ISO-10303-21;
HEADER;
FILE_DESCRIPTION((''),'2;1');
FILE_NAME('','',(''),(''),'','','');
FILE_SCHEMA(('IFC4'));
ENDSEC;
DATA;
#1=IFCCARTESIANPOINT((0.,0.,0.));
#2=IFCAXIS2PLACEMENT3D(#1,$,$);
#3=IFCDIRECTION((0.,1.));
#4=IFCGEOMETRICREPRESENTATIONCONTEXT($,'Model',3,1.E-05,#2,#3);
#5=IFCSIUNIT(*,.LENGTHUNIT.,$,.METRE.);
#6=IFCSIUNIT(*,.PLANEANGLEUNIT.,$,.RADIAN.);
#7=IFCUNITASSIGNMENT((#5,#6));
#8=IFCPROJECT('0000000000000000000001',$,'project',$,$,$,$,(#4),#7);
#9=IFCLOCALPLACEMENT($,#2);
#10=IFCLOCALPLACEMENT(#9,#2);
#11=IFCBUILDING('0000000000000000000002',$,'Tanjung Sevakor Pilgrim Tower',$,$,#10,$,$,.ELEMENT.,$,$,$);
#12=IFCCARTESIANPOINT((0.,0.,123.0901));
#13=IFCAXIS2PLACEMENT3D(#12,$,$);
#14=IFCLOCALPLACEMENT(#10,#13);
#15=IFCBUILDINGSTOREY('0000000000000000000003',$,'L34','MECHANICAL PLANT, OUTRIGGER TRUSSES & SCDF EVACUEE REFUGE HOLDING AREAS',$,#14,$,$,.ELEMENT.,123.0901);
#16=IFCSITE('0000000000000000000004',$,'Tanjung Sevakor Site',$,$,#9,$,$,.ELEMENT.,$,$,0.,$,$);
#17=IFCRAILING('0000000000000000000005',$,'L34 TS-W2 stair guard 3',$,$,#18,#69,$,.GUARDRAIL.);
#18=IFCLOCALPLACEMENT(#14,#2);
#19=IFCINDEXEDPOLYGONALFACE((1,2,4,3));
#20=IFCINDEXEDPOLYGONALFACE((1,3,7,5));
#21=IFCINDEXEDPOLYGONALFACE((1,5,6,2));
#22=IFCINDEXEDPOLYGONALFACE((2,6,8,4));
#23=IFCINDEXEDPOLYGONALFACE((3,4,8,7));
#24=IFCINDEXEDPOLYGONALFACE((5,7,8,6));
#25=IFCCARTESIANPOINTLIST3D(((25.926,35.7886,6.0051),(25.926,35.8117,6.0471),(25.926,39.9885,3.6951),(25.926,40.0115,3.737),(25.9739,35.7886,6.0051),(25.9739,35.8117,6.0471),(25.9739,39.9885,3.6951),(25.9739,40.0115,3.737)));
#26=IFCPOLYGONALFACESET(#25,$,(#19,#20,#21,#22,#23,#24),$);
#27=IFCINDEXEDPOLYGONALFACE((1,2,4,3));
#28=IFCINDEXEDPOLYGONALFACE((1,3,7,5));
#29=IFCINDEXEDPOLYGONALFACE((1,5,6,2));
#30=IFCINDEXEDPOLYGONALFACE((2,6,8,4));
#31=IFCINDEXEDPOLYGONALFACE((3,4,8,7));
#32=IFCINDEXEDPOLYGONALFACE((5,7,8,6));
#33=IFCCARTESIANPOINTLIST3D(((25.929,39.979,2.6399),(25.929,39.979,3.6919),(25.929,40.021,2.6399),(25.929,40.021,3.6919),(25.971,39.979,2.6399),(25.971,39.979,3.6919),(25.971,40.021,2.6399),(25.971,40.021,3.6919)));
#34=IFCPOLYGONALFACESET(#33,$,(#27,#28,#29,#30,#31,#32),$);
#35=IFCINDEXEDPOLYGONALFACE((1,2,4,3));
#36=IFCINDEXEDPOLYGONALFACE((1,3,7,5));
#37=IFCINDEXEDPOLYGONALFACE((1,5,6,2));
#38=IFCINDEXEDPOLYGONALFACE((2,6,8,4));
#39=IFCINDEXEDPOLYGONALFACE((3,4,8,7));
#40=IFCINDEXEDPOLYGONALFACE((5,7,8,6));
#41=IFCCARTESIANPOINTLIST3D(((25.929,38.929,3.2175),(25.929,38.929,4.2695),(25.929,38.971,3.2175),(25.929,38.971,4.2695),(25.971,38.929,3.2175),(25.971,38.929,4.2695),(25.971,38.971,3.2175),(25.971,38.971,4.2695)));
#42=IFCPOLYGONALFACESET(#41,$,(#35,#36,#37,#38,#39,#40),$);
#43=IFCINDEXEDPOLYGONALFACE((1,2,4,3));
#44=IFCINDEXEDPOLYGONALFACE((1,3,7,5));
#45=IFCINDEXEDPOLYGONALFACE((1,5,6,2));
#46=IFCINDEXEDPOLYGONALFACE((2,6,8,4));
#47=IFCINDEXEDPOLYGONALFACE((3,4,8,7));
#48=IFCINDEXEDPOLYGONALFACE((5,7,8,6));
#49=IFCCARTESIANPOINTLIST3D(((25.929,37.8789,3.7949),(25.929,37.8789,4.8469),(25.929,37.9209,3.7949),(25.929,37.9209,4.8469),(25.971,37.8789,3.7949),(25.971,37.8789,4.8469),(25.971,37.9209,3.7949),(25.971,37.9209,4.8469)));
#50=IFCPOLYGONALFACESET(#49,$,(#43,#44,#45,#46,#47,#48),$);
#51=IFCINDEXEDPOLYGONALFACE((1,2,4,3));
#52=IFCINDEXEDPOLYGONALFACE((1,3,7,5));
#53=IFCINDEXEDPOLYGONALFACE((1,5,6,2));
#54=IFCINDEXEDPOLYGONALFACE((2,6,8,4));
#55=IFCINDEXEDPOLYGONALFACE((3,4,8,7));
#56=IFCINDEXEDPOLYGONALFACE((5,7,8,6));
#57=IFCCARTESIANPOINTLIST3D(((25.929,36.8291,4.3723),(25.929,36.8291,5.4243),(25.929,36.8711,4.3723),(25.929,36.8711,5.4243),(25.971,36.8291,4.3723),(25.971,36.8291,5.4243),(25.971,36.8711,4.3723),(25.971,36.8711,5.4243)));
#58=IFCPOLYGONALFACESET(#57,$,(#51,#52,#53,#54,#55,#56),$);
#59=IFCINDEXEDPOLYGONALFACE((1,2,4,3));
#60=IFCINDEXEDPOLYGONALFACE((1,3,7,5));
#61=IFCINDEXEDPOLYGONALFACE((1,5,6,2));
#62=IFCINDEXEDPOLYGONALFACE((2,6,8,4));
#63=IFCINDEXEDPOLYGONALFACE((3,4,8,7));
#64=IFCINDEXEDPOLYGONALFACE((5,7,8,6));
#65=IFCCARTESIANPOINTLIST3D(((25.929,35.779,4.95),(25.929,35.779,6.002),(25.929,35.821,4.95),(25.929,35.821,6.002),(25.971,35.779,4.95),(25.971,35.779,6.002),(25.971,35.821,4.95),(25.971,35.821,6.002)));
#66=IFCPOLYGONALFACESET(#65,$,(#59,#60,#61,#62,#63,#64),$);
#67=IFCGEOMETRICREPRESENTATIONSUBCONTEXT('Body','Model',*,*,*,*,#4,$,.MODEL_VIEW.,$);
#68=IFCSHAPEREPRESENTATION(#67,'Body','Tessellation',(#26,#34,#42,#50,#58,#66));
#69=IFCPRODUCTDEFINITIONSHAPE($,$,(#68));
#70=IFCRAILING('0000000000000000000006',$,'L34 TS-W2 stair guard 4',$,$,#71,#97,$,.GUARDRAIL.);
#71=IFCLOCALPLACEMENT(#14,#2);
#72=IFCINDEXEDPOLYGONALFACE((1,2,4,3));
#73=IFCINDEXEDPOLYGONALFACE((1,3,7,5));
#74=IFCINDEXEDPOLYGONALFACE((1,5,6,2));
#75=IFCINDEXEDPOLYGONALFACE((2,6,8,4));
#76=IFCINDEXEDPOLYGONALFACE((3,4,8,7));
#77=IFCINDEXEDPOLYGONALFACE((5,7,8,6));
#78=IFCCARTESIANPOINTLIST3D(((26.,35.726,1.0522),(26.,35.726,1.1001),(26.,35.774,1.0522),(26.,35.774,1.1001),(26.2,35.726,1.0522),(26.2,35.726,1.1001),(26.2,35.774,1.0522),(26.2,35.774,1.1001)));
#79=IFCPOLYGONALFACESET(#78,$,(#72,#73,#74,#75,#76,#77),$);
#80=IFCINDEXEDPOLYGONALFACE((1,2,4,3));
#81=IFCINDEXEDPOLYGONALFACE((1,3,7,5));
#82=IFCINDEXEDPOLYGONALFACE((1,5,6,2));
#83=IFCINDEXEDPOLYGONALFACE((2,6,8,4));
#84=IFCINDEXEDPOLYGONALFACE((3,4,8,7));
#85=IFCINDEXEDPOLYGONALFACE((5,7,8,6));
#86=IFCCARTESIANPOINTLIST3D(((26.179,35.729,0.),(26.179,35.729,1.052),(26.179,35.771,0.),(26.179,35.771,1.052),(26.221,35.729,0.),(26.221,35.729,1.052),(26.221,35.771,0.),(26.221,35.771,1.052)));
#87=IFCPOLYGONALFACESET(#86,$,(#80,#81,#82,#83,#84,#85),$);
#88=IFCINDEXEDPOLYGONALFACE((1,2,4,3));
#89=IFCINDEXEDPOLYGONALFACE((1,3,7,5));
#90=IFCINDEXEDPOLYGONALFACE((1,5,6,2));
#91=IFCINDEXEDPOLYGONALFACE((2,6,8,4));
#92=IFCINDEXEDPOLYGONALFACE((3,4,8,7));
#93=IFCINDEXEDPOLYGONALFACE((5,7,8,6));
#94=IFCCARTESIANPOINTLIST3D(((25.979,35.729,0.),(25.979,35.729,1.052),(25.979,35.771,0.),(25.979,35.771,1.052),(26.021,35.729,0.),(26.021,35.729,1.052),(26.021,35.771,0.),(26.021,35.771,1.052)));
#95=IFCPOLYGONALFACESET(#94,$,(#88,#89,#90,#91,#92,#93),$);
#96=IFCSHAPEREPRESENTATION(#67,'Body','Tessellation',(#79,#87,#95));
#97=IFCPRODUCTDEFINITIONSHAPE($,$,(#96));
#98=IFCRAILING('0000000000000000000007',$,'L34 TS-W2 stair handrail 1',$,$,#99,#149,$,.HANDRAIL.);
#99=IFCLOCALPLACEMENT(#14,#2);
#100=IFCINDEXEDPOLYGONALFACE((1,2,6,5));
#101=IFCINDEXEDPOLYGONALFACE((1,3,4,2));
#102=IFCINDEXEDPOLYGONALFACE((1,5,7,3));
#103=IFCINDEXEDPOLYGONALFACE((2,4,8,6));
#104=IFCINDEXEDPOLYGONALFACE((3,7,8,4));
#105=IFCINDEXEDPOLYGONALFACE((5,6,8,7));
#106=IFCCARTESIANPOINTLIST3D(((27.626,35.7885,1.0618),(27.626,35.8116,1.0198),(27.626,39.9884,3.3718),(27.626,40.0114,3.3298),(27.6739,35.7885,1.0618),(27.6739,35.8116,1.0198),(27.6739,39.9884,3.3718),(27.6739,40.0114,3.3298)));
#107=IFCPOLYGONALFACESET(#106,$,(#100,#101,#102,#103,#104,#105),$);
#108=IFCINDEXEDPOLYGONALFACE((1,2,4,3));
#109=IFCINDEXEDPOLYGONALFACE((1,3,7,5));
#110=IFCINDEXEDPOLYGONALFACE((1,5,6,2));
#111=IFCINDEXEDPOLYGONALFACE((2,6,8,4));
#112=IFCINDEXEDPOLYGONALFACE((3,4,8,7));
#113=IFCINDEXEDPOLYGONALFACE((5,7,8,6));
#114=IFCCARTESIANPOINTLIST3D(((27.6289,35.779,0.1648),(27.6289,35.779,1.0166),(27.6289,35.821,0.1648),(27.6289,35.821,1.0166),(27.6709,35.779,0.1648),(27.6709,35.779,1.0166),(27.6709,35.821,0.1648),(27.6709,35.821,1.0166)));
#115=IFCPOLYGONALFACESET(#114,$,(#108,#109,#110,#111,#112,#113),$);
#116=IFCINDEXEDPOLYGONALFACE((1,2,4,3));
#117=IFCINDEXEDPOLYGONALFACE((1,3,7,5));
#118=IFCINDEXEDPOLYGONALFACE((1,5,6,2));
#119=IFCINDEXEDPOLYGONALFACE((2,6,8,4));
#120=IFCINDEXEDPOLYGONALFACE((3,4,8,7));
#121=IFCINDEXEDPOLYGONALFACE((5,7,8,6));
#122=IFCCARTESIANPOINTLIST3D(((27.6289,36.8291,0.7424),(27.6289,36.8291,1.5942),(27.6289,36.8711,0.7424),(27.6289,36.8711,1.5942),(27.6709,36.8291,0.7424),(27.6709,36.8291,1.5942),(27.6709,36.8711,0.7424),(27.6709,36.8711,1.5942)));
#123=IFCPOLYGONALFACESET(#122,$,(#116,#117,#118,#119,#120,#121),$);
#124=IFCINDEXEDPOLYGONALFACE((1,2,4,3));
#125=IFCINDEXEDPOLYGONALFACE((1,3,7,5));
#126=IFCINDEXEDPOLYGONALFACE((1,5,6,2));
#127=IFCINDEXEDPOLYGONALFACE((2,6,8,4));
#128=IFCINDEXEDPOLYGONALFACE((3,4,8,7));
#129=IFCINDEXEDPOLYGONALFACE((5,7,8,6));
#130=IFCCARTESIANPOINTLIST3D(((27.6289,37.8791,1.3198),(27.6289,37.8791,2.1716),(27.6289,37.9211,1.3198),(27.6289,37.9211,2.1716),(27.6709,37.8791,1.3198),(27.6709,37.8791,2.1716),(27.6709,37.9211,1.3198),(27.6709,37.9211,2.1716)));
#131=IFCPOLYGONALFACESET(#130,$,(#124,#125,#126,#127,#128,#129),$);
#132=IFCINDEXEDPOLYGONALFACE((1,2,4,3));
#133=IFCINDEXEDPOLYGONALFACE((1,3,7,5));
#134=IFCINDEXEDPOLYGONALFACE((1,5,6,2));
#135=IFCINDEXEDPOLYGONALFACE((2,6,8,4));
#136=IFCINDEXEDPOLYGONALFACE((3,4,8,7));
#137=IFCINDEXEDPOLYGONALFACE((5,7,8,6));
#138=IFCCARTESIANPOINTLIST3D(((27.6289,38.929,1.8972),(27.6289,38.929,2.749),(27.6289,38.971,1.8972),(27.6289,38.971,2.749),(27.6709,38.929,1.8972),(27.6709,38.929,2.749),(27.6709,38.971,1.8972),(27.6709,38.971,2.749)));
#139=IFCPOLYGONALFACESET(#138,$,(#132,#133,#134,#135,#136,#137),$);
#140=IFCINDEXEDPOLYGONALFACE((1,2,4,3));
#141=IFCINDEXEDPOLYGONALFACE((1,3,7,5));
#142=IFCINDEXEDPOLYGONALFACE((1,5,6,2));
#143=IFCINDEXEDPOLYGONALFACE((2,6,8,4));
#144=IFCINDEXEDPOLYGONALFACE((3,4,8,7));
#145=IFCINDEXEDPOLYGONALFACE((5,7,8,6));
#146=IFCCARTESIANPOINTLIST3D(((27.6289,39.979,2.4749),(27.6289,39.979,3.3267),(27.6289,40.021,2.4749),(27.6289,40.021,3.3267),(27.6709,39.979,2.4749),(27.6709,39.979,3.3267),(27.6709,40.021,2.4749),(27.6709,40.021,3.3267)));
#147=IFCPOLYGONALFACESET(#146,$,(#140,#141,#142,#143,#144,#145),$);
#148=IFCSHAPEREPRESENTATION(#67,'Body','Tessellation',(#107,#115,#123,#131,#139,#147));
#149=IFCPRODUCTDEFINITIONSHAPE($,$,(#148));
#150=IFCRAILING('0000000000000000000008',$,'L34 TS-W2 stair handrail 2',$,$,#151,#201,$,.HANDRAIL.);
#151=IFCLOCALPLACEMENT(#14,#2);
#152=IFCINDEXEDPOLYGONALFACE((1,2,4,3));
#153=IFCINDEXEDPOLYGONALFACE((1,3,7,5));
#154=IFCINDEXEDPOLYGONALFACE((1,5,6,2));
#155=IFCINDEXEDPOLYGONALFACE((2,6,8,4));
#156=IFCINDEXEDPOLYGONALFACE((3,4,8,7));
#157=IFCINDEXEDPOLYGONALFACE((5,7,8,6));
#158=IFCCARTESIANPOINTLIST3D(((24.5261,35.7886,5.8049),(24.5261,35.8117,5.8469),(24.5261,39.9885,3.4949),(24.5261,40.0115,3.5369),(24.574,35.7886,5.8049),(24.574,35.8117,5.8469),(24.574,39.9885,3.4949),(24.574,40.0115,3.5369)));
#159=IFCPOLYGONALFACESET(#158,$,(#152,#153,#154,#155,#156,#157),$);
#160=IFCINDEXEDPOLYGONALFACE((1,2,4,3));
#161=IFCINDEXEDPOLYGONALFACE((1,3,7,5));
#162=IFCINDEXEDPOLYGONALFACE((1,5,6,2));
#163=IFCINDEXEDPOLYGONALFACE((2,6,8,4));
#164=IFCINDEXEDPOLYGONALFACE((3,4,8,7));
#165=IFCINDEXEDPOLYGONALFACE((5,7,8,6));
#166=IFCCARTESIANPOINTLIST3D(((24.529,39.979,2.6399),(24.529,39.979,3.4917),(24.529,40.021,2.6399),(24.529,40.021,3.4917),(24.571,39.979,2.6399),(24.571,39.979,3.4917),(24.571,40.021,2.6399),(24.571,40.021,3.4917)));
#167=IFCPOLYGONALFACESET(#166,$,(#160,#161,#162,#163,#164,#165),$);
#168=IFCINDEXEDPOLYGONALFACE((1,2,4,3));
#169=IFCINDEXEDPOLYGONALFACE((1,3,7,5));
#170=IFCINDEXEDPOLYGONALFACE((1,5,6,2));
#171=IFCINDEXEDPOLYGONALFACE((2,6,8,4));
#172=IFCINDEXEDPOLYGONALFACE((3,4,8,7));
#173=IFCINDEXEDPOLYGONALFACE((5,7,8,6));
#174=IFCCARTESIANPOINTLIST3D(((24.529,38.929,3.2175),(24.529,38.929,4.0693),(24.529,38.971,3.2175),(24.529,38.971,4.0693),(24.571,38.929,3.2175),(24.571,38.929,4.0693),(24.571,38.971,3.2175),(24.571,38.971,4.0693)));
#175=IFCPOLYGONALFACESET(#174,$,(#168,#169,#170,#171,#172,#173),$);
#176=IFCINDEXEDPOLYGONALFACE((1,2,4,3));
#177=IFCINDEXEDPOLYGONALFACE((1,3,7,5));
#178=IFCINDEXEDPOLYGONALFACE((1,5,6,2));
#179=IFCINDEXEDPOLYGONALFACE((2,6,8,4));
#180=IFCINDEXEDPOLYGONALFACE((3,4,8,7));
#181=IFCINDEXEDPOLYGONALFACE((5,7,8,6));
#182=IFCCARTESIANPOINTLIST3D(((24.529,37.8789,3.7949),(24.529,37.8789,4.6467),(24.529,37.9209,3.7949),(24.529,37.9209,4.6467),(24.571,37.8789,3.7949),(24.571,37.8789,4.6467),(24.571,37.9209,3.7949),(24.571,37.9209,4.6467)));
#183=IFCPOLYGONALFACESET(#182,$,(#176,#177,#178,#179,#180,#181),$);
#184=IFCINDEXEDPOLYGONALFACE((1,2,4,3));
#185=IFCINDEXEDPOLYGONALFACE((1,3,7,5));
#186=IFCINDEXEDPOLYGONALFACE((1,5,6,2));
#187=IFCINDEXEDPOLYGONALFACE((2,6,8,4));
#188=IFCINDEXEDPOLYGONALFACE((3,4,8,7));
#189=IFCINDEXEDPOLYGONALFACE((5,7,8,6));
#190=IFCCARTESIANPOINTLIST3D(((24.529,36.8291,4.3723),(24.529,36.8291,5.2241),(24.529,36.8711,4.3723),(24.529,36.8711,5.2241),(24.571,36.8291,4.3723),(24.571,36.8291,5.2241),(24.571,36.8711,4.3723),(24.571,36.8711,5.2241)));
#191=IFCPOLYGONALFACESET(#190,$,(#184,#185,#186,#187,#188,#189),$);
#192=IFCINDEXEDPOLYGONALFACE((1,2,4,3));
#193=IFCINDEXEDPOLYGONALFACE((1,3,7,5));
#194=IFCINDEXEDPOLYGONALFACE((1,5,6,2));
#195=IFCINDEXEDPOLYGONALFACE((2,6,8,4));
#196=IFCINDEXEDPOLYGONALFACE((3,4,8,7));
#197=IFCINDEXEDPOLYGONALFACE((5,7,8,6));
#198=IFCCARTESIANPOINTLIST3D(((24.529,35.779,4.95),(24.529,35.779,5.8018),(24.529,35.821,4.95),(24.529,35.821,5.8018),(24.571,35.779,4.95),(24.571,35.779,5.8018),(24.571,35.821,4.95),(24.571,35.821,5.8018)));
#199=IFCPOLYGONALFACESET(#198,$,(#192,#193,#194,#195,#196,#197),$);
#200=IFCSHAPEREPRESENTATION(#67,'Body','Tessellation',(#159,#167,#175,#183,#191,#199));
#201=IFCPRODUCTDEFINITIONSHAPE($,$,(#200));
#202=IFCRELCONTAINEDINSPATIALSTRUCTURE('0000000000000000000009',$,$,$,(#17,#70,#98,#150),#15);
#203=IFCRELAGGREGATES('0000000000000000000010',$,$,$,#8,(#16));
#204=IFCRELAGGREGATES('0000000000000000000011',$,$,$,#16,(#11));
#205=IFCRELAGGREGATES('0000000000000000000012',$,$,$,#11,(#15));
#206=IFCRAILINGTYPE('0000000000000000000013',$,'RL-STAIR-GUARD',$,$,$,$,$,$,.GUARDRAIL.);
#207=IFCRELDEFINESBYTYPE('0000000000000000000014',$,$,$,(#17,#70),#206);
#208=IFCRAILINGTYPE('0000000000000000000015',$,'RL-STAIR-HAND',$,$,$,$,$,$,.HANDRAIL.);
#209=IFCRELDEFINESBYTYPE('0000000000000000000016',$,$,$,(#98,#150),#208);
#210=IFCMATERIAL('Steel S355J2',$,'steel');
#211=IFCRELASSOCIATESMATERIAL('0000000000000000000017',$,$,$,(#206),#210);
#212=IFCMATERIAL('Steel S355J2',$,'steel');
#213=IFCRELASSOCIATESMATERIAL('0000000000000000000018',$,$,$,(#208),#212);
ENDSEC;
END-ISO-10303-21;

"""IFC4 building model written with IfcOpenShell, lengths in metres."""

from ifc_helpers import new_model, si_unit, direction, frame, origin, place, context, subcontext, project, spatial, rectangle, extrude, material, type_object, element, save


model = new_model("IFC4")

# Units and contexts
model_context = context("Model", 3, precision=1e-05, world=origin(), true_north=direction((0.0, 1.0)))
body_context = subcontext(model_context, "Body", "Model", "MODEL_VIEW")
ifc_project = project(units=[si_unit("LENGTHUNIT", "METRE"), si_unit("PLANEANGLEUNIT", "RADIAN")], contexts=[model_context])

# Site, building, storey
site_placement = place(None, origin())
site = spatial("IfcSite", under=ifc_project, at=site_placement, Name="Tanjung Sevakor Site", CompositionType="ELEMENT", RefElevation=0.0)
building_placement = place(site_placement, origin())
building = spatial("IfcBuilding", under=site, at=building_placement, Name="Tanjung Sevakor Pilgrim Tower", CompositionType="ELEMENT")
storey_placement = place(building_placement, frame((0.0, 0.0, 123.0901)))
storey = spatial("IfcBuildingStorey", under=building, at=storey_placement, Name="L34", Description="MECHANICAL PLANT, OUTRIGGER TRUSSES & SCDF EVACUEE REFUGE HOLDING AREAS", CompositionType="ELEMENT", Elevation=123.0901)

# Railings
ifc_material_1 = material(Name="Steel S355J2", Category="steel")
railing_type_1 = type_object("IfcRailingType", Name="RL-STAIR-GUARD", PredefinedType="GUARDRAIL", material=ifc_material_1)
railing_1_placement = place(storey_placement, frame((25.95, 40.0, 2.6399)))
element("IfcRailing", 1, at=railing_1_placement, inside=storey, type_object=railing_type_1, Name="L34 TS-W2 stair guard 3", PredefinedType="GUARDRAIL", context=body_context, shape_type="SweptSolid", body=[
    extrude(rectangle(XDim=0.0479, YDim=0.0479), frame((0.0, 0.0, 1.0762), z_axis=(0.0, -0.876208, 0.481932), x_axis=(1.0, 0.0, 0.0)), (0.0, 0.0, 1.0), 4.7932),
    extrude(rectangle(XDim=0.042, YDim=0.042), origin(), (0.0, 0.0, 1.0), 1.052),
    extrude(rectangle(XDim=0.042, YDim=0.042), frame((0.0, -1.05, 0.5776)), (0.0, 0.0, 1.0), 1.052),
    extrude(rectangle(XDim=0.042, YDim=0.042), frame((0.0, -2.1001, 1.155)), (0.0, 0.0, 1.0), 1.052),
    extrude(rectangle(XDim=0.042, YDim=0.042), frame((0.0, -3.1499, 1.7324)), (0.0, 0.0, 1.0), 1.052),
    extrude(rectangle(XDim=0.042, YDim=0.042), frame((0.0, -4.2, 2.3101)), (0.0, 0.0, 1.0), 1.052),
])
railing_2_placement = place(storey_placement, frame((26.2, 35.75, 0.0)))
element("IfcRailing", 2, at=railing_2_placement, inside=storey, type_object=railing_type_1, Name="L34 TS-W2 stair guard 4", PredefinedType="GUARDRAIL", context=body_context, shape_type="SweptSolid", body=[
    extrude(rectangle(XDim=0.0479, YDim=0.0479), frame((0.0, 0.0, 1.0762), z_axis=(-1.0, 0.0, 0.0), x_axis=(0.0, -1.0, 0.0)), (0.0, 0.0, 1.0), 0.2),
    extrude(rectangle(XDim=0.042, YDim=0.042), origin(), (0.0, 0.0, 1.0), 1.052),
    extrude(rectangle(XDim=0.042, YDim=0.042), frame((-0.2, 0.0, 0.0)), (0.0, 0.0, 1.0), 1.052),
])
ifc_material_2 = material(Name="Steel S355J2", Category="steel")
railing_type_2 = type_object("IfcRailingType", Name="RL-STAIR-HAND", PredefinedType="HANDRAIL", material=ifc_material_2)
railing_3_placement = place(storey_placement, frame((27.6499, 35.8, 0.1648)))
element("IfcRailing", 3, at=railing_3_placement, inside=storey, type_object=railing_type_2, Name="L34 TS-W2 stair handrail 1", PredefinedType="HANDRAIL", context=body_context, shape_type="SweptSolid", body=[
    extrude(rectangle(XDim=0.0479, YDim=0.0479), frame((0.0, 0.0, 0.876), z_axis=(0.0, 0.876208, 0.481932), x_axis=(-1.0, 0.0, 0.0)), (0.0, 0.0, 1.0), 4.7932),
    extrude(rectangle(XDim=0.042, YDim=0.042), origin(), (0.0, 0.0, 1.0), 0.8518),
    extrude(rectangle(XDim=0.042, YDim=0.042), frame((0.0, 1.05, 0.5776)), (0.0, 0.0, 1.0), 0.8518),
    extrude(rectangle(XDim=0.042, YDim=0.042), frame((0.0, 2.1001, 1.155)), (0.0, 0.0, 1.0), 0.8518),
    extrude(rectangle(XDim=0.042, YDim=0.042), frame((0.0, 3.1499, 1.7324)), (0.0, 0.0, 1.0), 0.8518),
    extrude(rectangle(XDim=0.042, YDim=0.042), frame((0.0, 4.2, 2.3101)), (0.0, 0.0, 1.0), 0.8518),
])
railing_4_placement = place(storey_placement, frame((24.55, 40.0, 2.6399)))
element("IfcRailing", 4, at=railing_4_placement, inside=storey, type_object=railing_type_2, Name="L34 TS-W2 stair handrail 2", PredefinedType="HANDRAIL", context=body_context, shape_type="SweptSolid", body=[
    extrude(rectangle(XDim=0.0479, YDim=0.0479), frame((0.0, 0.0, 0.876), z_axis=(0.0, -0.876208, 0.481932), x_axis=(1.0, 0.0, 0.0)), (0.0, 0.0, 1.0), 4.7932),
    extrude(rectangle(XDim=0.042, YDim=0.042), origin(), (0.0, 0.0, 1.0), 0.8518),
    extrude(rectangle(XDim=0.042, YDim=0.042), frame((0.0, -1.05, 0.5776)), (0.0, 0.0, 1.0), 0.8518),
    extrude(rectangle(XDim=0.042, YDim=0.042), frame((0.0, -2.1001, 1.155)), (0.0, 0.0, 1.0), 0.8518),
    extrude(rectangle(XDim=0.042, YDim=0.042), frame((0.0, -3.1499, 1.7324)), (0.0, 0.0, 1.0), 0.8518),
    extrude(rectangle(XDim=0.042, YDim=0.042), frame((0.0, -4.2, 2.3101)), (0.0, 0.0, 1.0), 0.8518),
])

save(model, "model.ifc")
